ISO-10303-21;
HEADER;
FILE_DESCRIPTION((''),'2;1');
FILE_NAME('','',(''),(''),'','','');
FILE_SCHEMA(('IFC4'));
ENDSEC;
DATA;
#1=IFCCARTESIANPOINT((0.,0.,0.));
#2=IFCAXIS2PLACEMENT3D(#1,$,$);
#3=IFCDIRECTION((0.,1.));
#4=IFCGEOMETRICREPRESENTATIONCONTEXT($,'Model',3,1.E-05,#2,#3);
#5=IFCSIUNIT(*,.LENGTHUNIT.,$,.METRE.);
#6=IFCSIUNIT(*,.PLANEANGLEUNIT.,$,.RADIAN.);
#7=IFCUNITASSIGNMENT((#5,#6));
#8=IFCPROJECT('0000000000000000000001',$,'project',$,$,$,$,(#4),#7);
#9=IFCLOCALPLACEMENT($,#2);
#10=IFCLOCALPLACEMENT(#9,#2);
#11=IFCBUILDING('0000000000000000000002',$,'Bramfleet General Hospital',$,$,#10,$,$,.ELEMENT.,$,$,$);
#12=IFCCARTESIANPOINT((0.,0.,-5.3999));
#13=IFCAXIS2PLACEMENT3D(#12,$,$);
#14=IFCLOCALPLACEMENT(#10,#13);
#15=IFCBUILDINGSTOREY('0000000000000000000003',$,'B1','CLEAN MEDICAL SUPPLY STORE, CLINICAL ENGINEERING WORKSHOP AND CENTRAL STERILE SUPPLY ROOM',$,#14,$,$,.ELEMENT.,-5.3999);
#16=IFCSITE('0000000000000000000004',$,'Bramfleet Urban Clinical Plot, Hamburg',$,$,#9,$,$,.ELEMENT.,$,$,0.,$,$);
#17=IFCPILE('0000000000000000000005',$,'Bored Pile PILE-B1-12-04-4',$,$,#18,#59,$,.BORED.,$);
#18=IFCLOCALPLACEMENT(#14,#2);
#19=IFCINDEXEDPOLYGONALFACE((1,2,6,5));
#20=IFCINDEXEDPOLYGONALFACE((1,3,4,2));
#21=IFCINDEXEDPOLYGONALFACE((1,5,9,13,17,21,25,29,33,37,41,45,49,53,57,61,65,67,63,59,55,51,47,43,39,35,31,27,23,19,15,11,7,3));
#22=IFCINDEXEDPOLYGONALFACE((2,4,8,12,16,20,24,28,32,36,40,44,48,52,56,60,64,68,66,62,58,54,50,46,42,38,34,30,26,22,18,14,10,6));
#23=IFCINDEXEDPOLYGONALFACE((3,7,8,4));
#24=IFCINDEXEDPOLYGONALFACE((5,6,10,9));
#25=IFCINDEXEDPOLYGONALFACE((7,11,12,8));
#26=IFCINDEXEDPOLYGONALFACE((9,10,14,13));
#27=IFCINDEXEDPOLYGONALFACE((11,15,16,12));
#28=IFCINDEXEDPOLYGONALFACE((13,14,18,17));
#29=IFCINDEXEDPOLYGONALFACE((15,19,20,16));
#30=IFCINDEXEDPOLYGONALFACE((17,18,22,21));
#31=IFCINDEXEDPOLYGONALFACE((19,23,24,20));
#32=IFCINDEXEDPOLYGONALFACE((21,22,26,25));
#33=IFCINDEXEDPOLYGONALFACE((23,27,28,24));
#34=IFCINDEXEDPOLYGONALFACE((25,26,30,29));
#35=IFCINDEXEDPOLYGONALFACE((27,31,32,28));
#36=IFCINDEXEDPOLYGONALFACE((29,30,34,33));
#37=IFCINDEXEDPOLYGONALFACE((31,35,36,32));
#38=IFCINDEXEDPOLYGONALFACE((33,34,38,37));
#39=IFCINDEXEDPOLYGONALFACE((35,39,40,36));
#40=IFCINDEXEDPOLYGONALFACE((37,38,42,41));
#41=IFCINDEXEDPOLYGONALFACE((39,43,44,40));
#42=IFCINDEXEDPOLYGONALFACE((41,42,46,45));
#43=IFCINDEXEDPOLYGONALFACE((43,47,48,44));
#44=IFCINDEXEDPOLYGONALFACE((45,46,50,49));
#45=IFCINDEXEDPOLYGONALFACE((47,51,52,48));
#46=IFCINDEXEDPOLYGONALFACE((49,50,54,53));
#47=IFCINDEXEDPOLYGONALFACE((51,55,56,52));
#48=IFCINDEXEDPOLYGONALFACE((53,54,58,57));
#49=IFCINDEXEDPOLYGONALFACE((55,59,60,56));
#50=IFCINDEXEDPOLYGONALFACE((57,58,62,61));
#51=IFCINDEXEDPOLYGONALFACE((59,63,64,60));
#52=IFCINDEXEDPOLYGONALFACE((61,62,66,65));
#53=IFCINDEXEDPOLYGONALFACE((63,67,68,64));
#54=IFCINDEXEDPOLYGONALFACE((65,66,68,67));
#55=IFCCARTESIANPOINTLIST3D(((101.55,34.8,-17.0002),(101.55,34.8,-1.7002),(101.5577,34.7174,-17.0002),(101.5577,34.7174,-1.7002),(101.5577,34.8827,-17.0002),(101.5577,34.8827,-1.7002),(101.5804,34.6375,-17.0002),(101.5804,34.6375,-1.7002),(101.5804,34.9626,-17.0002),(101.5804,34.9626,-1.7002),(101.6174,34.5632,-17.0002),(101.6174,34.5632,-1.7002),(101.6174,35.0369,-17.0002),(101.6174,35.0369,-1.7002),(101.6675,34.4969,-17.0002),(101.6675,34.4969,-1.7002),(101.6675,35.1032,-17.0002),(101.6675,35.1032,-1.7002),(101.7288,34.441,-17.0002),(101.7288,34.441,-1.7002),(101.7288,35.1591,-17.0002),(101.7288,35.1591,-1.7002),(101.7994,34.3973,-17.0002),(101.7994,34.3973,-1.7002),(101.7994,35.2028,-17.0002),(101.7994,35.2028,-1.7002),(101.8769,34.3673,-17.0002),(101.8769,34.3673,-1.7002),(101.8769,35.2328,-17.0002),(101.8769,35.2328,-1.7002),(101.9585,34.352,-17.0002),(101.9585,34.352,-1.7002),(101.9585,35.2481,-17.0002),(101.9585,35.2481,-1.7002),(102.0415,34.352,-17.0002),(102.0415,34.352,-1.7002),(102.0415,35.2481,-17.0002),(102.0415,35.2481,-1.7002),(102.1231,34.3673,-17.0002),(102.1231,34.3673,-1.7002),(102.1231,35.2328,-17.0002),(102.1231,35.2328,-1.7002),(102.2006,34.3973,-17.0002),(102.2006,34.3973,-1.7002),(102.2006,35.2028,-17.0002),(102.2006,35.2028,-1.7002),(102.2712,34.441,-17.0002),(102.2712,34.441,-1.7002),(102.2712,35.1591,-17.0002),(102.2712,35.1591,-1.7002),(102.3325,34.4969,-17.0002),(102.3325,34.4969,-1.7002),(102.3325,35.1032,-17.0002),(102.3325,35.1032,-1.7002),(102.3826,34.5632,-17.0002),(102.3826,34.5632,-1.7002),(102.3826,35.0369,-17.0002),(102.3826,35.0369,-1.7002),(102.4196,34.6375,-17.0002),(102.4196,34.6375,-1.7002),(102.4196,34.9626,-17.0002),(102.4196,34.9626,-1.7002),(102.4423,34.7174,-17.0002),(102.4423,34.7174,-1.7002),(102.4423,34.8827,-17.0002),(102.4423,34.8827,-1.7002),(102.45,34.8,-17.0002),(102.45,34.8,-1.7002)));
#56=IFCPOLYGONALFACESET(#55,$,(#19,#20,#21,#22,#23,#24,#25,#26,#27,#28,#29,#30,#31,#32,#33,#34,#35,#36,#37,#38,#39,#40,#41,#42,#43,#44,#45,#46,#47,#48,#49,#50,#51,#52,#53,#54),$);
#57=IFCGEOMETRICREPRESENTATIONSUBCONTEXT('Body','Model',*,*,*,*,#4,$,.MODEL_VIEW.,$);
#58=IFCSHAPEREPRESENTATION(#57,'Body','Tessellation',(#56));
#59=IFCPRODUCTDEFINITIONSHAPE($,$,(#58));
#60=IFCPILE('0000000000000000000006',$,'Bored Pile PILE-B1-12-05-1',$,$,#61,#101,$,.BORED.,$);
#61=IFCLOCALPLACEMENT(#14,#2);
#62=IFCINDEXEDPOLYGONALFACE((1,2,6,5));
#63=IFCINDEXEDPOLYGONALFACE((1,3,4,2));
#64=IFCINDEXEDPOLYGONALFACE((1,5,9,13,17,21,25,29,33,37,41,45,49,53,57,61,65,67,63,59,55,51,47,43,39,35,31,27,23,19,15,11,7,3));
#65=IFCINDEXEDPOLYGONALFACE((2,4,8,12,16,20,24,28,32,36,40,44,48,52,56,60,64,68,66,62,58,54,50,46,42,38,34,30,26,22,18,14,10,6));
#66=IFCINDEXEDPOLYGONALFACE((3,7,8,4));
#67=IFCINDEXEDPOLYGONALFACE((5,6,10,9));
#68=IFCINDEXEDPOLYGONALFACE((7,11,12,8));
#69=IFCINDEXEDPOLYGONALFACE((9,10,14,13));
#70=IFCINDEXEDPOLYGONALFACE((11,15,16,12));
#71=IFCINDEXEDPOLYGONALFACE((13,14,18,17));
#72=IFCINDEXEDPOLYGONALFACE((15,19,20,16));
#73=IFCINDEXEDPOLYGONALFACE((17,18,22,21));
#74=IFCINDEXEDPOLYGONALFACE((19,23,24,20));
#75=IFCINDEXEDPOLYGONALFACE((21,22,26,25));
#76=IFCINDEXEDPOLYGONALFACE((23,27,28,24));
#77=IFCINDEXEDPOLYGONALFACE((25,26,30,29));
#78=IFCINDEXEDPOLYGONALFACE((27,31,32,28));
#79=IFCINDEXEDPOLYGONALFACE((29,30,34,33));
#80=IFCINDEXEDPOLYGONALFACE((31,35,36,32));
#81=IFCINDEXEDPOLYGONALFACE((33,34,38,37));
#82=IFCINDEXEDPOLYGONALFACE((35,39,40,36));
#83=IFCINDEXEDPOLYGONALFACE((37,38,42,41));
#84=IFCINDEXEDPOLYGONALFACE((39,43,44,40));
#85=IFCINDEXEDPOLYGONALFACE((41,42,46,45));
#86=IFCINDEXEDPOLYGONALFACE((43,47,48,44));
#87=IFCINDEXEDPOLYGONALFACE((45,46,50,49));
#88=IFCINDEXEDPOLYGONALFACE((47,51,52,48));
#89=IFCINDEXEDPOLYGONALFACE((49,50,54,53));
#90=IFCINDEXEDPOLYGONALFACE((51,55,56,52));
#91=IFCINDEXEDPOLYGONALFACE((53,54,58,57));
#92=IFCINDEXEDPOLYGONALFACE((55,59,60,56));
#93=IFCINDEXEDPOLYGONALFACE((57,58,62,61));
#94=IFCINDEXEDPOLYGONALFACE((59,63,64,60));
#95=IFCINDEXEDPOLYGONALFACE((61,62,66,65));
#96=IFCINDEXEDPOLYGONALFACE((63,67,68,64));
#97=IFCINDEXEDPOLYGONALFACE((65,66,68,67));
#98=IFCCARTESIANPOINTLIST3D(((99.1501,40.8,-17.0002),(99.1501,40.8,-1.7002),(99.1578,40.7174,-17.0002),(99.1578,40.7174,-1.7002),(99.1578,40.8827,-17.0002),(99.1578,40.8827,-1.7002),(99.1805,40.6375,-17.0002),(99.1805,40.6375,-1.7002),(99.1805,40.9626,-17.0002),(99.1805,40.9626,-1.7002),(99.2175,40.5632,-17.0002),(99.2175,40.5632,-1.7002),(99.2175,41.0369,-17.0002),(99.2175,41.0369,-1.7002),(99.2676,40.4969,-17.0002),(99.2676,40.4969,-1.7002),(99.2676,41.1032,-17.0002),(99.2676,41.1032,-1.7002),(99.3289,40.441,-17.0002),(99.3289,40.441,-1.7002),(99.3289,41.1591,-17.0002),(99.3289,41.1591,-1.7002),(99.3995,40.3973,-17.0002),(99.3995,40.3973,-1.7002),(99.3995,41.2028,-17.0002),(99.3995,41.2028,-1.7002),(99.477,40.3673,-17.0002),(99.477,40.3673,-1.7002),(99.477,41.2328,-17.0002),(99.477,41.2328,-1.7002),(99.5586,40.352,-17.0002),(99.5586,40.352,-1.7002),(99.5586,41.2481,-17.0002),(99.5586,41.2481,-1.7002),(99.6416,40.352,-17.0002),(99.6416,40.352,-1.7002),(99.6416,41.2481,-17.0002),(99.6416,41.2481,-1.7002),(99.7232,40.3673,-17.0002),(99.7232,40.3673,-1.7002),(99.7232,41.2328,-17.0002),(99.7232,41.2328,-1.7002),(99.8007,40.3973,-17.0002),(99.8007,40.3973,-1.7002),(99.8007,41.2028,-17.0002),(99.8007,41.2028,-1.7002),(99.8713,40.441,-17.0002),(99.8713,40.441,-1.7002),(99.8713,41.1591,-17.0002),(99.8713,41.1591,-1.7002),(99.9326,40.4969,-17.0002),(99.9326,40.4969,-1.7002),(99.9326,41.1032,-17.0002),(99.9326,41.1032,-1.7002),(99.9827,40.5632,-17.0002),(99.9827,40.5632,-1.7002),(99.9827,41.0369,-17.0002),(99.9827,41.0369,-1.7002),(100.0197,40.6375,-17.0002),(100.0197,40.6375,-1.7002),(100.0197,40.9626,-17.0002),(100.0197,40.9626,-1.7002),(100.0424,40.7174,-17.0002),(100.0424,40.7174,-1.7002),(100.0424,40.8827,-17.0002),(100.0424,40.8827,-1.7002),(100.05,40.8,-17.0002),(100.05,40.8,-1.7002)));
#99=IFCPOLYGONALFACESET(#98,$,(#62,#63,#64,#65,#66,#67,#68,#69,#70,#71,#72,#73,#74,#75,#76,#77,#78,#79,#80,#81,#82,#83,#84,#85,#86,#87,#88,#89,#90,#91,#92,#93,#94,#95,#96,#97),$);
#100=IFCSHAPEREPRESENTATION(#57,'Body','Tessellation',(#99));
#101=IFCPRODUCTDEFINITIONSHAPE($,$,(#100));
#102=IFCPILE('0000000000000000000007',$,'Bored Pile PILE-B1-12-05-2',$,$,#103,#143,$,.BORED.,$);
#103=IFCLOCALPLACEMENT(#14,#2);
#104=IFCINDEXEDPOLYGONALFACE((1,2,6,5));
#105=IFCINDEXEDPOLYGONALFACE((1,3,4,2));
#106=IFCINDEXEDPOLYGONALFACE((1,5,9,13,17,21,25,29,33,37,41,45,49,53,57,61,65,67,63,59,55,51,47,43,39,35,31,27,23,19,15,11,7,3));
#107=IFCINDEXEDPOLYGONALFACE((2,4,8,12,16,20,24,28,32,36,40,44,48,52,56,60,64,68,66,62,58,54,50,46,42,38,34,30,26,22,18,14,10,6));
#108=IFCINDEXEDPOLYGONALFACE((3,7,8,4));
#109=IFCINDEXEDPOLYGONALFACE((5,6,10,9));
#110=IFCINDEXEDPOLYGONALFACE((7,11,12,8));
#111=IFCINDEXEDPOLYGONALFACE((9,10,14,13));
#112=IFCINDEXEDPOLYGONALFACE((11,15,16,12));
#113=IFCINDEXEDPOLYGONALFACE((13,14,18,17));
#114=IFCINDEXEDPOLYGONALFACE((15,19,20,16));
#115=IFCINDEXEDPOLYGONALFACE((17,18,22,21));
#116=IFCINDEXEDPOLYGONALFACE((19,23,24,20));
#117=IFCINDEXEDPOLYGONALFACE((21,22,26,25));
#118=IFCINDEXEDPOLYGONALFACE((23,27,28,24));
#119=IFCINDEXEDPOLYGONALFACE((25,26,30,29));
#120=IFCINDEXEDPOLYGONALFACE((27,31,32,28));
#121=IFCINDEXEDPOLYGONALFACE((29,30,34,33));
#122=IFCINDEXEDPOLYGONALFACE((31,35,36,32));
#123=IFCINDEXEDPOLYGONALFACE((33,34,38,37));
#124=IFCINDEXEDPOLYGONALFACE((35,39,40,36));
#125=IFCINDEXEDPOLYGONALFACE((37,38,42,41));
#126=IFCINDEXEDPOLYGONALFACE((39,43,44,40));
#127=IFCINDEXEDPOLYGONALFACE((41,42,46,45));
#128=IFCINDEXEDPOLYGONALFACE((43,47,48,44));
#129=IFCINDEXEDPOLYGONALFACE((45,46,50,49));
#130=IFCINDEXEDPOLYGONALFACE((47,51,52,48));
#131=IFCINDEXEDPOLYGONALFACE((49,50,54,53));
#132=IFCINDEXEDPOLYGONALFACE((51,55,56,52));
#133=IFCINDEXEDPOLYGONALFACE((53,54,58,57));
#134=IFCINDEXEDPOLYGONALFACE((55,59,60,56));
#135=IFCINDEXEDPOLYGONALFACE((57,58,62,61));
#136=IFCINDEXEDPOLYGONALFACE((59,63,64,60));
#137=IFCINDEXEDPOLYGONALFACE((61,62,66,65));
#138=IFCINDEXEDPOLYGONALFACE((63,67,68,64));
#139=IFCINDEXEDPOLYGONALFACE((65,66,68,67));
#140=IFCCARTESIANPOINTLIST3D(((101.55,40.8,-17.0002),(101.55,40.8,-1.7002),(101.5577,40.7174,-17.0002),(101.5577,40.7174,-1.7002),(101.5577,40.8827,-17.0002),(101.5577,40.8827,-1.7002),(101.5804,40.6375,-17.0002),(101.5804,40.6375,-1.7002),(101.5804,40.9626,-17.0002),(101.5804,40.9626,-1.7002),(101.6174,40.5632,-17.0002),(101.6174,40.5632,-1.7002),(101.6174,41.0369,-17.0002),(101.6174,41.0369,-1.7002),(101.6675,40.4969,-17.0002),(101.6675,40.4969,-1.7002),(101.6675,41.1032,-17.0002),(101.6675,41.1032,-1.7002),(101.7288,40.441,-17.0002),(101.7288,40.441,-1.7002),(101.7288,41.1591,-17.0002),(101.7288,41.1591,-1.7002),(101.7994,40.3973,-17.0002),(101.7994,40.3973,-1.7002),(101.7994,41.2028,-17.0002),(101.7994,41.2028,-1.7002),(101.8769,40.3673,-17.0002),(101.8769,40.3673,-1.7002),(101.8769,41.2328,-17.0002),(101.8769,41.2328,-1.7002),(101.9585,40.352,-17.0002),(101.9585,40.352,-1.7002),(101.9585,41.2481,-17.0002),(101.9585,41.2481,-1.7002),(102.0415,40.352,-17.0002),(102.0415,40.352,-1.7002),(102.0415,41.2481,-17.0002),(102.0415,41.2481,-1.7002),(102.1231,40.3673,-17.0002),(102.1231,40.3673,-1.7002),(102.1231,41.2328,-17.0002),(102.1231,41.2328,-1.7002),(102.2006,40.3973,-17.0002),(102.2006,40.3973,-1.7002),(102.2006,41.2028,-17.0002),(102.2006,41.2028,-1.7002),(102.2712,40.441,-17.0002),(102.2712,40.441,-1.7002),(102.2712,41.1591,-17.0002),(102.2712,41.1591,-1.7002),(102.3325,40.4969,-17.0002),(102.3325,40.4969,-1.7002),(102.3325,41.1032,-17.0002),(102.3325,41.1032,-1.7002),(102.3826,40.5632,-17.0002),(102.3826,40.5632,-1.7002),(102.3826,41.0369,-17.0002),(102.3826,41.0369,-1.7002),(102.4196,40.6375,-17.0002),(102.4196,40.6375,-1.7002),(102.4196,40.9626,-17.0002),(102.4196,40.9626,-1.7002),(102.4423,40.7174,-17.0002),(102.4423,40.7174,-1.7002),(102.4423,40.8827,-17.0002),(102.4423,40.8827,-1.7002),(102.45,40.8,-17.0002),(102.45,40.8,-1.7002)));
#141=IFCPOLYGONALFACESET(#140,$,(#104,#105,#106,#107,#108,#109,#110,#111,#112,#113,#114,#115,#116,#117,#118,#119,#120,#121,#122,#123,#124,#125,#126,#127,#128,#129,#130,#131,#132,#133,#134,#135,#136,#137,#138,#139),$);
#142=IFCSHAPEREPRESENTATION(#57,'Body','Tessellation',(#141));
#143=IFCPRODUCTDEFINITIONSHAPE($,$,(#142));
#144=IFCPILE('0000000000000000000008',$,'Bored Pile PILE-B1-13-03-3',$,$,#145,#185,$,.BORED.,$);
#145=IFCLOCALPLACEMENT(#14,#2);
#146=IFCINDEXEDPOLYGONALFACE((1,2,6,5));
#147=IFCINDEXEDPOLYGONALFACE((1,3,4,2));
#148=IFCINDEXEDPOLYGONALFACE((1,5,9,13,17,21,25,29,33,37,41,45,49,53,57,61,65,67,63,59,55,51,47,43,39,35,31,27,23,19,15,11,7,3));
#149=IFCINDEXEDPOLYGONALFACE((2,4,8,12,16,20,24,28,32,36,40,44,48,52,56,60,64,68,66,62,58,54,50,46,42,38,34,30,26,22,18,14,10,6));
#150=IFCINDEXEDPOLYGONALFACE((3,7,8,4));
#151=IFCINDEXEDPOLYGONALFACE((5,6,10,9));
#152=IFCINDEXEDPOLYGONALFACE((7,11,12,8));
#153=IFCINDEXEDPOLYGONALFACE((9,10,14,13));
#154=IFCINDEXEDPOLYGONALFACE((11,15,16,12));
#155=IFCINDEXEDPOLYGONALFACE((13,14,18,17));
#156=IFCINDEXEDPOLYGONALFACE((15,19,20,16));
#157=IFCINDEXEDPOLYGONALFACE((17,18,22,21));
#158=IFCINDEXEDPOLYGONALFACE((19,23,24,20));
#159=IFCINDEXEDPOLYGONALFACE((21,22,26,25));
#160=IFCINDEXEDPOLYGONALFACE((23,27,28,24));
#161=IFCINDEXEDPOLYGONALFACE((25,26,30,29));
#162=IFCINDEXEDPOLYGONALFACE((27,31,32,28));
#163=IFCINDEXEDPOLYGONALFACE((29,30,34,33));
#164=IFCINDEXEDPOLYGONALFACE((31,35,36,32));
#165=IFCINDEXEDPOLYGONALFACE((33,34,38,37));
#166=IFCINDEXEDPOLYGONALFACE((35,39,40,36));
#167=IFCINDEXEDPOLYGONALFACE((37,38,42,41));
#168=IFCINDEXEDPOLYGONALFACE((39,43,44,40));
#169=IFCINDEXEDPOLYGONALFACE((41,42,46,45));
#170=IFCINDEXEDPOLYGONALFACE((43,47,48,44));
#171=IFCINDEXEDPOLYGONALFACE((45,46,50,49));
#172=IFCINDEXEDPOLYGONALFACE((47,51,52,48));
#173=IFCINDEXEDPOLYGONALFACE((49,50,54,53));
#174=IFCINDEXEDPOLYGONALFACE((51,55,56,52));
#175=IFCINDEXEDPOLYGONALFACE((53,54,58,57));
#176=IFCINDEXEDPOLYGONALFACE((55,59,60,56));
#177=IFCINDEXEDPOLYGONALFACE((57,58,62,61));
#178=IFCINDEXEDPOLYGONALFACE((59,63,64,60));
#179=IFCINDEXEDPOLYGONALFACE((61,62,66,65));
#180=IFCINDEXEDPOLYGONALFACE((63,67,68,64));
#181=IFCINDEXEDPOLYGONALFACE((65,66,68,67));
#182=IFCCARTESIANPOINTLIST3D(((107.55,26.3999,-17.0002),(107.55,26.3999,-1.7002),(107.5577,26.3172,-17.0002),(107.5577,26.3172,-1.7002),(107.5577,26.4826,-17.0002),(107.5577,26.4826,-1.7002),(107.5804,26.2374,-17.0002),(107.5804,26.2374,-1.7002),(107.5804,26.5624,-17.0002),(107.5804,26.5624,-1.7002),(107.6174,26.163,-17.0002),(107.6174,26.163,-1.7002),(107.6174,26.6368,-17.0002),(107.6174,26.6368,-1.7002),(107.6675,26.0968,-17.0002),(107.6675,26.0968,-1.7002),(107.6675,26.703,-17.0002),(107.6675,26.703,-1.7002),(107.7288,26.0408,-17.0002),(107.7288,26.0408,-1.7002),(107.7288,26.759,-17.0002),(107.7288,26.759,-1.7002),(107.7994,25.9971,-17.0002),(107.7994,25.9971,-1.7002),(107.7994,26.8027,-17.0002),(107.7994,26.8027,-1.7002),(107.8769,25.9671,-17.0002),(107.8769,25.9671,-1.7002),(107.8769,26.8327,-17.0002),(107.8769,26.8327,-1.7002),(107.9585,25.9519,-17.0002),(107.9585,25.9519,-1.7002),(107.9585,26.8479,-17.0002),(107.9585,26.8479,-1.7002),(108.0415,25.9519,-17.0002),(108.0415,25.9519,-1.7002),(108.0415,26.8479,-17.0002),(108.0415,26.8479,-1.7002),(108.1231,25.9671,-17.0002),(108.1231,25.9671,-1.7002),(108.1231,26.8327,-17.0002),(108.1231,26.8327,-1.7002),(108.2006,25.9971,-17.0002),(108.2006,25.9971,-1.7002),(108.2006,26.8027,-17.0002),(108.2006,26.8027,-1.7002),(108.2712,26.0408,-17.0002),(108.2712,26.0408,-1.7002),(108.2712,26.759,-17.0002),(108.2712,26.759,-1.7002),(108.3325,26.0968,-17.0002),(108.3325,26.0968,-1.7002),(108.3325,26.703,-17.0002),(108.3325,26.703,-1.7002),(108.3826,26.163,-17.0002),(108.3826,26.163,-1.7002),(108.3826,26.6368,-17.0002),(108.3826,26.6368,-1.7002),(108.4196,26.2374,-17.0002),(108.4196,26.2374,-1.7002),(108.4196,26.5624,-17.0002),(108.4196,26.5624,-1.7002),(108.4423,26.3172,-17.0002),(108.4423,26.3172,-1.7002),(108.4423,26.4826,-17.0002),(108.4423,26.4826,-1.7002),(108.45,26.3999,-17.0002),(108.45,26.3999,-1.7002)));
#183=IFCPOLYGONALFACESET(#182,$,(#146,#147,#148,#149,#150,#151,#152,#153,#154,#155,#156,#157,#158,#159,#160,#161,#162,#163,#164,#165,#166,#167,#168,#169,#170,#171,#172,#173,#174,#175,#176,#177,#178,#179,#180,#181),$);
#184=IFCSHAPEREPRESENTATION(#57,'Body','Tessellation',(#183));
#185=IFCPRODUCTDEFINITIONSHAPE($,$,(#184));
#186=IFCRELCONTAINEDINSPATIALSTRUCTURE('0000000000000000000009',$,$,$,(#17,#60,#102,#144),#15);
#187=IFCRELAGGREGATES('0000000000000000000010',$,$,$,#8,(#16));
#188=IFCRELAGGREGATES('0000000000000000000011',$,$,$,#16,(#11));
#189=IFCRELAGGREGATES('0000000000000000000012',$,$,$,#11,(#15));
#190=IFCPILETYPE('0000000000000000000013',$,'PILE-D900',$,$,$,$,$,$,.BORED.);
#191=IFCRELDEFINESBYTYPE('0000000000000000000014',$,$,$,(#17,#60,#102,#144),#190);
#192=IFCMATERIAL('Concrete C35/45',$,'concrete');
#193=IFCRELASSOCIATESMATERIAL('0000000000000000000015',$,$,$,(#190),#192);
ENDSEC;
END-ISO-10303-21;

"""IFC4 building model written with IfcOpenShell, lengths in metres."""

from ifc_helpers import new_model, si_unit, direction, frame, origin, origin_2d, place, context, subcontext, project, spatial, circle, extrude, material, material_profile, profile_set, type_object, element, save


model = new_model("IFC4")

# Units and contexts
model_context = context("Model", 3, precision=1e-05, world=origin(), true_north=direction((0.0, 1.0)))
body_context = subcontext(model_context, "Body", "Model", "MODEL_VIEW")
ifc_project = project(units=[si_unit("LENGTHUNIT", "METRE"), si_unit("PLANEANGLEUNIT", "RADIAN")], contexts=[model_context])

# Site, building, storey
site_placement = place(None, origin())
site = spatial("IfcSite", under=ifc_project, at=site_placement, Name="Bramfleet Urban Clinical Plot, Hamburg", CompositionType="ELEMENT", RefElevation=0.0)
building_placement = place(site_placement, origin())
building = spatial("IfcBuilding", under=site, at=building_placement, Name="Bramfleet General Hospital", CompositionType="ELEMENT")
storey_placement = place(building_placement, frame((0.0, 0.0, -5.3999)))
storey = spatial("IfcBuildingStorey", under=building, at=storey_placement, Name="B1", Description="CLEAN MEDICAL SUPPLY STORE, CLINICAL ENGINEERING WORKSHOP AND CENTRAL STERILE SUPPLY ROOM", CompositionType="ELEMENT", Elevation=-5.3999)

# Shared definitions
ifc_material_1 = material(Name="Concrete C35/45", Category="concrete")

# Piles
ifc_material_profile_1 = material_profile(ifc_material_1, circle(Radius=0.45, at=origin_2d()), Name="PILE BORED D900")
ifc_profile_set_1 = profile_set([ifc_material_profile_1], Name="Concrete C35/45")
pile_type = type_object("IfcPileType", Name="PILE-D900", PredefinedType="BORED", material=ifc_profile_set_1)
for number, where, z_axis, x_axis, name in (
    (1, (102.0, 34.8, -1.7002), (0.0, 0.0, -1.0), (1.0, 0.0, 0.0), "Bored Pile PILE-B1-12-04-4"),
    (2, (99.6001, 40.8, -1.7002), (0.0, 0.0, -1.0), (1.0, 0.0, 0.0), "Bored Pile PILE-B1-12-05-1"),
    (3, (102.0, 40.8, -1.7002), (0.0, 0.0, -1.0), (1.0, 0.0, 0.0), "Bored Pile PILE-B1-12-05-2"),
    (4, (108.0, 26.3999, -1.7002), (0.0, 0.0, -1.0), (1.0, 0.0, 0.0), "Bored Pile PILE-B1-13-03-3"),
):
    element("IfcPile", number, at=place(storey_placement, frame(where, z_axis=z_axis, x_axis=x_axis)), inside=storey, type_object=pile_type, Name=name, PredefinedType="BORED", context=body_context, shape_type="SweptSolid", body=[
        extrude(circle(Radius=0.45, at=origin_2d()), origin(), (0.0, 0.0, 1.0), 15.3),
    ])

save(model, "model.ifc")
